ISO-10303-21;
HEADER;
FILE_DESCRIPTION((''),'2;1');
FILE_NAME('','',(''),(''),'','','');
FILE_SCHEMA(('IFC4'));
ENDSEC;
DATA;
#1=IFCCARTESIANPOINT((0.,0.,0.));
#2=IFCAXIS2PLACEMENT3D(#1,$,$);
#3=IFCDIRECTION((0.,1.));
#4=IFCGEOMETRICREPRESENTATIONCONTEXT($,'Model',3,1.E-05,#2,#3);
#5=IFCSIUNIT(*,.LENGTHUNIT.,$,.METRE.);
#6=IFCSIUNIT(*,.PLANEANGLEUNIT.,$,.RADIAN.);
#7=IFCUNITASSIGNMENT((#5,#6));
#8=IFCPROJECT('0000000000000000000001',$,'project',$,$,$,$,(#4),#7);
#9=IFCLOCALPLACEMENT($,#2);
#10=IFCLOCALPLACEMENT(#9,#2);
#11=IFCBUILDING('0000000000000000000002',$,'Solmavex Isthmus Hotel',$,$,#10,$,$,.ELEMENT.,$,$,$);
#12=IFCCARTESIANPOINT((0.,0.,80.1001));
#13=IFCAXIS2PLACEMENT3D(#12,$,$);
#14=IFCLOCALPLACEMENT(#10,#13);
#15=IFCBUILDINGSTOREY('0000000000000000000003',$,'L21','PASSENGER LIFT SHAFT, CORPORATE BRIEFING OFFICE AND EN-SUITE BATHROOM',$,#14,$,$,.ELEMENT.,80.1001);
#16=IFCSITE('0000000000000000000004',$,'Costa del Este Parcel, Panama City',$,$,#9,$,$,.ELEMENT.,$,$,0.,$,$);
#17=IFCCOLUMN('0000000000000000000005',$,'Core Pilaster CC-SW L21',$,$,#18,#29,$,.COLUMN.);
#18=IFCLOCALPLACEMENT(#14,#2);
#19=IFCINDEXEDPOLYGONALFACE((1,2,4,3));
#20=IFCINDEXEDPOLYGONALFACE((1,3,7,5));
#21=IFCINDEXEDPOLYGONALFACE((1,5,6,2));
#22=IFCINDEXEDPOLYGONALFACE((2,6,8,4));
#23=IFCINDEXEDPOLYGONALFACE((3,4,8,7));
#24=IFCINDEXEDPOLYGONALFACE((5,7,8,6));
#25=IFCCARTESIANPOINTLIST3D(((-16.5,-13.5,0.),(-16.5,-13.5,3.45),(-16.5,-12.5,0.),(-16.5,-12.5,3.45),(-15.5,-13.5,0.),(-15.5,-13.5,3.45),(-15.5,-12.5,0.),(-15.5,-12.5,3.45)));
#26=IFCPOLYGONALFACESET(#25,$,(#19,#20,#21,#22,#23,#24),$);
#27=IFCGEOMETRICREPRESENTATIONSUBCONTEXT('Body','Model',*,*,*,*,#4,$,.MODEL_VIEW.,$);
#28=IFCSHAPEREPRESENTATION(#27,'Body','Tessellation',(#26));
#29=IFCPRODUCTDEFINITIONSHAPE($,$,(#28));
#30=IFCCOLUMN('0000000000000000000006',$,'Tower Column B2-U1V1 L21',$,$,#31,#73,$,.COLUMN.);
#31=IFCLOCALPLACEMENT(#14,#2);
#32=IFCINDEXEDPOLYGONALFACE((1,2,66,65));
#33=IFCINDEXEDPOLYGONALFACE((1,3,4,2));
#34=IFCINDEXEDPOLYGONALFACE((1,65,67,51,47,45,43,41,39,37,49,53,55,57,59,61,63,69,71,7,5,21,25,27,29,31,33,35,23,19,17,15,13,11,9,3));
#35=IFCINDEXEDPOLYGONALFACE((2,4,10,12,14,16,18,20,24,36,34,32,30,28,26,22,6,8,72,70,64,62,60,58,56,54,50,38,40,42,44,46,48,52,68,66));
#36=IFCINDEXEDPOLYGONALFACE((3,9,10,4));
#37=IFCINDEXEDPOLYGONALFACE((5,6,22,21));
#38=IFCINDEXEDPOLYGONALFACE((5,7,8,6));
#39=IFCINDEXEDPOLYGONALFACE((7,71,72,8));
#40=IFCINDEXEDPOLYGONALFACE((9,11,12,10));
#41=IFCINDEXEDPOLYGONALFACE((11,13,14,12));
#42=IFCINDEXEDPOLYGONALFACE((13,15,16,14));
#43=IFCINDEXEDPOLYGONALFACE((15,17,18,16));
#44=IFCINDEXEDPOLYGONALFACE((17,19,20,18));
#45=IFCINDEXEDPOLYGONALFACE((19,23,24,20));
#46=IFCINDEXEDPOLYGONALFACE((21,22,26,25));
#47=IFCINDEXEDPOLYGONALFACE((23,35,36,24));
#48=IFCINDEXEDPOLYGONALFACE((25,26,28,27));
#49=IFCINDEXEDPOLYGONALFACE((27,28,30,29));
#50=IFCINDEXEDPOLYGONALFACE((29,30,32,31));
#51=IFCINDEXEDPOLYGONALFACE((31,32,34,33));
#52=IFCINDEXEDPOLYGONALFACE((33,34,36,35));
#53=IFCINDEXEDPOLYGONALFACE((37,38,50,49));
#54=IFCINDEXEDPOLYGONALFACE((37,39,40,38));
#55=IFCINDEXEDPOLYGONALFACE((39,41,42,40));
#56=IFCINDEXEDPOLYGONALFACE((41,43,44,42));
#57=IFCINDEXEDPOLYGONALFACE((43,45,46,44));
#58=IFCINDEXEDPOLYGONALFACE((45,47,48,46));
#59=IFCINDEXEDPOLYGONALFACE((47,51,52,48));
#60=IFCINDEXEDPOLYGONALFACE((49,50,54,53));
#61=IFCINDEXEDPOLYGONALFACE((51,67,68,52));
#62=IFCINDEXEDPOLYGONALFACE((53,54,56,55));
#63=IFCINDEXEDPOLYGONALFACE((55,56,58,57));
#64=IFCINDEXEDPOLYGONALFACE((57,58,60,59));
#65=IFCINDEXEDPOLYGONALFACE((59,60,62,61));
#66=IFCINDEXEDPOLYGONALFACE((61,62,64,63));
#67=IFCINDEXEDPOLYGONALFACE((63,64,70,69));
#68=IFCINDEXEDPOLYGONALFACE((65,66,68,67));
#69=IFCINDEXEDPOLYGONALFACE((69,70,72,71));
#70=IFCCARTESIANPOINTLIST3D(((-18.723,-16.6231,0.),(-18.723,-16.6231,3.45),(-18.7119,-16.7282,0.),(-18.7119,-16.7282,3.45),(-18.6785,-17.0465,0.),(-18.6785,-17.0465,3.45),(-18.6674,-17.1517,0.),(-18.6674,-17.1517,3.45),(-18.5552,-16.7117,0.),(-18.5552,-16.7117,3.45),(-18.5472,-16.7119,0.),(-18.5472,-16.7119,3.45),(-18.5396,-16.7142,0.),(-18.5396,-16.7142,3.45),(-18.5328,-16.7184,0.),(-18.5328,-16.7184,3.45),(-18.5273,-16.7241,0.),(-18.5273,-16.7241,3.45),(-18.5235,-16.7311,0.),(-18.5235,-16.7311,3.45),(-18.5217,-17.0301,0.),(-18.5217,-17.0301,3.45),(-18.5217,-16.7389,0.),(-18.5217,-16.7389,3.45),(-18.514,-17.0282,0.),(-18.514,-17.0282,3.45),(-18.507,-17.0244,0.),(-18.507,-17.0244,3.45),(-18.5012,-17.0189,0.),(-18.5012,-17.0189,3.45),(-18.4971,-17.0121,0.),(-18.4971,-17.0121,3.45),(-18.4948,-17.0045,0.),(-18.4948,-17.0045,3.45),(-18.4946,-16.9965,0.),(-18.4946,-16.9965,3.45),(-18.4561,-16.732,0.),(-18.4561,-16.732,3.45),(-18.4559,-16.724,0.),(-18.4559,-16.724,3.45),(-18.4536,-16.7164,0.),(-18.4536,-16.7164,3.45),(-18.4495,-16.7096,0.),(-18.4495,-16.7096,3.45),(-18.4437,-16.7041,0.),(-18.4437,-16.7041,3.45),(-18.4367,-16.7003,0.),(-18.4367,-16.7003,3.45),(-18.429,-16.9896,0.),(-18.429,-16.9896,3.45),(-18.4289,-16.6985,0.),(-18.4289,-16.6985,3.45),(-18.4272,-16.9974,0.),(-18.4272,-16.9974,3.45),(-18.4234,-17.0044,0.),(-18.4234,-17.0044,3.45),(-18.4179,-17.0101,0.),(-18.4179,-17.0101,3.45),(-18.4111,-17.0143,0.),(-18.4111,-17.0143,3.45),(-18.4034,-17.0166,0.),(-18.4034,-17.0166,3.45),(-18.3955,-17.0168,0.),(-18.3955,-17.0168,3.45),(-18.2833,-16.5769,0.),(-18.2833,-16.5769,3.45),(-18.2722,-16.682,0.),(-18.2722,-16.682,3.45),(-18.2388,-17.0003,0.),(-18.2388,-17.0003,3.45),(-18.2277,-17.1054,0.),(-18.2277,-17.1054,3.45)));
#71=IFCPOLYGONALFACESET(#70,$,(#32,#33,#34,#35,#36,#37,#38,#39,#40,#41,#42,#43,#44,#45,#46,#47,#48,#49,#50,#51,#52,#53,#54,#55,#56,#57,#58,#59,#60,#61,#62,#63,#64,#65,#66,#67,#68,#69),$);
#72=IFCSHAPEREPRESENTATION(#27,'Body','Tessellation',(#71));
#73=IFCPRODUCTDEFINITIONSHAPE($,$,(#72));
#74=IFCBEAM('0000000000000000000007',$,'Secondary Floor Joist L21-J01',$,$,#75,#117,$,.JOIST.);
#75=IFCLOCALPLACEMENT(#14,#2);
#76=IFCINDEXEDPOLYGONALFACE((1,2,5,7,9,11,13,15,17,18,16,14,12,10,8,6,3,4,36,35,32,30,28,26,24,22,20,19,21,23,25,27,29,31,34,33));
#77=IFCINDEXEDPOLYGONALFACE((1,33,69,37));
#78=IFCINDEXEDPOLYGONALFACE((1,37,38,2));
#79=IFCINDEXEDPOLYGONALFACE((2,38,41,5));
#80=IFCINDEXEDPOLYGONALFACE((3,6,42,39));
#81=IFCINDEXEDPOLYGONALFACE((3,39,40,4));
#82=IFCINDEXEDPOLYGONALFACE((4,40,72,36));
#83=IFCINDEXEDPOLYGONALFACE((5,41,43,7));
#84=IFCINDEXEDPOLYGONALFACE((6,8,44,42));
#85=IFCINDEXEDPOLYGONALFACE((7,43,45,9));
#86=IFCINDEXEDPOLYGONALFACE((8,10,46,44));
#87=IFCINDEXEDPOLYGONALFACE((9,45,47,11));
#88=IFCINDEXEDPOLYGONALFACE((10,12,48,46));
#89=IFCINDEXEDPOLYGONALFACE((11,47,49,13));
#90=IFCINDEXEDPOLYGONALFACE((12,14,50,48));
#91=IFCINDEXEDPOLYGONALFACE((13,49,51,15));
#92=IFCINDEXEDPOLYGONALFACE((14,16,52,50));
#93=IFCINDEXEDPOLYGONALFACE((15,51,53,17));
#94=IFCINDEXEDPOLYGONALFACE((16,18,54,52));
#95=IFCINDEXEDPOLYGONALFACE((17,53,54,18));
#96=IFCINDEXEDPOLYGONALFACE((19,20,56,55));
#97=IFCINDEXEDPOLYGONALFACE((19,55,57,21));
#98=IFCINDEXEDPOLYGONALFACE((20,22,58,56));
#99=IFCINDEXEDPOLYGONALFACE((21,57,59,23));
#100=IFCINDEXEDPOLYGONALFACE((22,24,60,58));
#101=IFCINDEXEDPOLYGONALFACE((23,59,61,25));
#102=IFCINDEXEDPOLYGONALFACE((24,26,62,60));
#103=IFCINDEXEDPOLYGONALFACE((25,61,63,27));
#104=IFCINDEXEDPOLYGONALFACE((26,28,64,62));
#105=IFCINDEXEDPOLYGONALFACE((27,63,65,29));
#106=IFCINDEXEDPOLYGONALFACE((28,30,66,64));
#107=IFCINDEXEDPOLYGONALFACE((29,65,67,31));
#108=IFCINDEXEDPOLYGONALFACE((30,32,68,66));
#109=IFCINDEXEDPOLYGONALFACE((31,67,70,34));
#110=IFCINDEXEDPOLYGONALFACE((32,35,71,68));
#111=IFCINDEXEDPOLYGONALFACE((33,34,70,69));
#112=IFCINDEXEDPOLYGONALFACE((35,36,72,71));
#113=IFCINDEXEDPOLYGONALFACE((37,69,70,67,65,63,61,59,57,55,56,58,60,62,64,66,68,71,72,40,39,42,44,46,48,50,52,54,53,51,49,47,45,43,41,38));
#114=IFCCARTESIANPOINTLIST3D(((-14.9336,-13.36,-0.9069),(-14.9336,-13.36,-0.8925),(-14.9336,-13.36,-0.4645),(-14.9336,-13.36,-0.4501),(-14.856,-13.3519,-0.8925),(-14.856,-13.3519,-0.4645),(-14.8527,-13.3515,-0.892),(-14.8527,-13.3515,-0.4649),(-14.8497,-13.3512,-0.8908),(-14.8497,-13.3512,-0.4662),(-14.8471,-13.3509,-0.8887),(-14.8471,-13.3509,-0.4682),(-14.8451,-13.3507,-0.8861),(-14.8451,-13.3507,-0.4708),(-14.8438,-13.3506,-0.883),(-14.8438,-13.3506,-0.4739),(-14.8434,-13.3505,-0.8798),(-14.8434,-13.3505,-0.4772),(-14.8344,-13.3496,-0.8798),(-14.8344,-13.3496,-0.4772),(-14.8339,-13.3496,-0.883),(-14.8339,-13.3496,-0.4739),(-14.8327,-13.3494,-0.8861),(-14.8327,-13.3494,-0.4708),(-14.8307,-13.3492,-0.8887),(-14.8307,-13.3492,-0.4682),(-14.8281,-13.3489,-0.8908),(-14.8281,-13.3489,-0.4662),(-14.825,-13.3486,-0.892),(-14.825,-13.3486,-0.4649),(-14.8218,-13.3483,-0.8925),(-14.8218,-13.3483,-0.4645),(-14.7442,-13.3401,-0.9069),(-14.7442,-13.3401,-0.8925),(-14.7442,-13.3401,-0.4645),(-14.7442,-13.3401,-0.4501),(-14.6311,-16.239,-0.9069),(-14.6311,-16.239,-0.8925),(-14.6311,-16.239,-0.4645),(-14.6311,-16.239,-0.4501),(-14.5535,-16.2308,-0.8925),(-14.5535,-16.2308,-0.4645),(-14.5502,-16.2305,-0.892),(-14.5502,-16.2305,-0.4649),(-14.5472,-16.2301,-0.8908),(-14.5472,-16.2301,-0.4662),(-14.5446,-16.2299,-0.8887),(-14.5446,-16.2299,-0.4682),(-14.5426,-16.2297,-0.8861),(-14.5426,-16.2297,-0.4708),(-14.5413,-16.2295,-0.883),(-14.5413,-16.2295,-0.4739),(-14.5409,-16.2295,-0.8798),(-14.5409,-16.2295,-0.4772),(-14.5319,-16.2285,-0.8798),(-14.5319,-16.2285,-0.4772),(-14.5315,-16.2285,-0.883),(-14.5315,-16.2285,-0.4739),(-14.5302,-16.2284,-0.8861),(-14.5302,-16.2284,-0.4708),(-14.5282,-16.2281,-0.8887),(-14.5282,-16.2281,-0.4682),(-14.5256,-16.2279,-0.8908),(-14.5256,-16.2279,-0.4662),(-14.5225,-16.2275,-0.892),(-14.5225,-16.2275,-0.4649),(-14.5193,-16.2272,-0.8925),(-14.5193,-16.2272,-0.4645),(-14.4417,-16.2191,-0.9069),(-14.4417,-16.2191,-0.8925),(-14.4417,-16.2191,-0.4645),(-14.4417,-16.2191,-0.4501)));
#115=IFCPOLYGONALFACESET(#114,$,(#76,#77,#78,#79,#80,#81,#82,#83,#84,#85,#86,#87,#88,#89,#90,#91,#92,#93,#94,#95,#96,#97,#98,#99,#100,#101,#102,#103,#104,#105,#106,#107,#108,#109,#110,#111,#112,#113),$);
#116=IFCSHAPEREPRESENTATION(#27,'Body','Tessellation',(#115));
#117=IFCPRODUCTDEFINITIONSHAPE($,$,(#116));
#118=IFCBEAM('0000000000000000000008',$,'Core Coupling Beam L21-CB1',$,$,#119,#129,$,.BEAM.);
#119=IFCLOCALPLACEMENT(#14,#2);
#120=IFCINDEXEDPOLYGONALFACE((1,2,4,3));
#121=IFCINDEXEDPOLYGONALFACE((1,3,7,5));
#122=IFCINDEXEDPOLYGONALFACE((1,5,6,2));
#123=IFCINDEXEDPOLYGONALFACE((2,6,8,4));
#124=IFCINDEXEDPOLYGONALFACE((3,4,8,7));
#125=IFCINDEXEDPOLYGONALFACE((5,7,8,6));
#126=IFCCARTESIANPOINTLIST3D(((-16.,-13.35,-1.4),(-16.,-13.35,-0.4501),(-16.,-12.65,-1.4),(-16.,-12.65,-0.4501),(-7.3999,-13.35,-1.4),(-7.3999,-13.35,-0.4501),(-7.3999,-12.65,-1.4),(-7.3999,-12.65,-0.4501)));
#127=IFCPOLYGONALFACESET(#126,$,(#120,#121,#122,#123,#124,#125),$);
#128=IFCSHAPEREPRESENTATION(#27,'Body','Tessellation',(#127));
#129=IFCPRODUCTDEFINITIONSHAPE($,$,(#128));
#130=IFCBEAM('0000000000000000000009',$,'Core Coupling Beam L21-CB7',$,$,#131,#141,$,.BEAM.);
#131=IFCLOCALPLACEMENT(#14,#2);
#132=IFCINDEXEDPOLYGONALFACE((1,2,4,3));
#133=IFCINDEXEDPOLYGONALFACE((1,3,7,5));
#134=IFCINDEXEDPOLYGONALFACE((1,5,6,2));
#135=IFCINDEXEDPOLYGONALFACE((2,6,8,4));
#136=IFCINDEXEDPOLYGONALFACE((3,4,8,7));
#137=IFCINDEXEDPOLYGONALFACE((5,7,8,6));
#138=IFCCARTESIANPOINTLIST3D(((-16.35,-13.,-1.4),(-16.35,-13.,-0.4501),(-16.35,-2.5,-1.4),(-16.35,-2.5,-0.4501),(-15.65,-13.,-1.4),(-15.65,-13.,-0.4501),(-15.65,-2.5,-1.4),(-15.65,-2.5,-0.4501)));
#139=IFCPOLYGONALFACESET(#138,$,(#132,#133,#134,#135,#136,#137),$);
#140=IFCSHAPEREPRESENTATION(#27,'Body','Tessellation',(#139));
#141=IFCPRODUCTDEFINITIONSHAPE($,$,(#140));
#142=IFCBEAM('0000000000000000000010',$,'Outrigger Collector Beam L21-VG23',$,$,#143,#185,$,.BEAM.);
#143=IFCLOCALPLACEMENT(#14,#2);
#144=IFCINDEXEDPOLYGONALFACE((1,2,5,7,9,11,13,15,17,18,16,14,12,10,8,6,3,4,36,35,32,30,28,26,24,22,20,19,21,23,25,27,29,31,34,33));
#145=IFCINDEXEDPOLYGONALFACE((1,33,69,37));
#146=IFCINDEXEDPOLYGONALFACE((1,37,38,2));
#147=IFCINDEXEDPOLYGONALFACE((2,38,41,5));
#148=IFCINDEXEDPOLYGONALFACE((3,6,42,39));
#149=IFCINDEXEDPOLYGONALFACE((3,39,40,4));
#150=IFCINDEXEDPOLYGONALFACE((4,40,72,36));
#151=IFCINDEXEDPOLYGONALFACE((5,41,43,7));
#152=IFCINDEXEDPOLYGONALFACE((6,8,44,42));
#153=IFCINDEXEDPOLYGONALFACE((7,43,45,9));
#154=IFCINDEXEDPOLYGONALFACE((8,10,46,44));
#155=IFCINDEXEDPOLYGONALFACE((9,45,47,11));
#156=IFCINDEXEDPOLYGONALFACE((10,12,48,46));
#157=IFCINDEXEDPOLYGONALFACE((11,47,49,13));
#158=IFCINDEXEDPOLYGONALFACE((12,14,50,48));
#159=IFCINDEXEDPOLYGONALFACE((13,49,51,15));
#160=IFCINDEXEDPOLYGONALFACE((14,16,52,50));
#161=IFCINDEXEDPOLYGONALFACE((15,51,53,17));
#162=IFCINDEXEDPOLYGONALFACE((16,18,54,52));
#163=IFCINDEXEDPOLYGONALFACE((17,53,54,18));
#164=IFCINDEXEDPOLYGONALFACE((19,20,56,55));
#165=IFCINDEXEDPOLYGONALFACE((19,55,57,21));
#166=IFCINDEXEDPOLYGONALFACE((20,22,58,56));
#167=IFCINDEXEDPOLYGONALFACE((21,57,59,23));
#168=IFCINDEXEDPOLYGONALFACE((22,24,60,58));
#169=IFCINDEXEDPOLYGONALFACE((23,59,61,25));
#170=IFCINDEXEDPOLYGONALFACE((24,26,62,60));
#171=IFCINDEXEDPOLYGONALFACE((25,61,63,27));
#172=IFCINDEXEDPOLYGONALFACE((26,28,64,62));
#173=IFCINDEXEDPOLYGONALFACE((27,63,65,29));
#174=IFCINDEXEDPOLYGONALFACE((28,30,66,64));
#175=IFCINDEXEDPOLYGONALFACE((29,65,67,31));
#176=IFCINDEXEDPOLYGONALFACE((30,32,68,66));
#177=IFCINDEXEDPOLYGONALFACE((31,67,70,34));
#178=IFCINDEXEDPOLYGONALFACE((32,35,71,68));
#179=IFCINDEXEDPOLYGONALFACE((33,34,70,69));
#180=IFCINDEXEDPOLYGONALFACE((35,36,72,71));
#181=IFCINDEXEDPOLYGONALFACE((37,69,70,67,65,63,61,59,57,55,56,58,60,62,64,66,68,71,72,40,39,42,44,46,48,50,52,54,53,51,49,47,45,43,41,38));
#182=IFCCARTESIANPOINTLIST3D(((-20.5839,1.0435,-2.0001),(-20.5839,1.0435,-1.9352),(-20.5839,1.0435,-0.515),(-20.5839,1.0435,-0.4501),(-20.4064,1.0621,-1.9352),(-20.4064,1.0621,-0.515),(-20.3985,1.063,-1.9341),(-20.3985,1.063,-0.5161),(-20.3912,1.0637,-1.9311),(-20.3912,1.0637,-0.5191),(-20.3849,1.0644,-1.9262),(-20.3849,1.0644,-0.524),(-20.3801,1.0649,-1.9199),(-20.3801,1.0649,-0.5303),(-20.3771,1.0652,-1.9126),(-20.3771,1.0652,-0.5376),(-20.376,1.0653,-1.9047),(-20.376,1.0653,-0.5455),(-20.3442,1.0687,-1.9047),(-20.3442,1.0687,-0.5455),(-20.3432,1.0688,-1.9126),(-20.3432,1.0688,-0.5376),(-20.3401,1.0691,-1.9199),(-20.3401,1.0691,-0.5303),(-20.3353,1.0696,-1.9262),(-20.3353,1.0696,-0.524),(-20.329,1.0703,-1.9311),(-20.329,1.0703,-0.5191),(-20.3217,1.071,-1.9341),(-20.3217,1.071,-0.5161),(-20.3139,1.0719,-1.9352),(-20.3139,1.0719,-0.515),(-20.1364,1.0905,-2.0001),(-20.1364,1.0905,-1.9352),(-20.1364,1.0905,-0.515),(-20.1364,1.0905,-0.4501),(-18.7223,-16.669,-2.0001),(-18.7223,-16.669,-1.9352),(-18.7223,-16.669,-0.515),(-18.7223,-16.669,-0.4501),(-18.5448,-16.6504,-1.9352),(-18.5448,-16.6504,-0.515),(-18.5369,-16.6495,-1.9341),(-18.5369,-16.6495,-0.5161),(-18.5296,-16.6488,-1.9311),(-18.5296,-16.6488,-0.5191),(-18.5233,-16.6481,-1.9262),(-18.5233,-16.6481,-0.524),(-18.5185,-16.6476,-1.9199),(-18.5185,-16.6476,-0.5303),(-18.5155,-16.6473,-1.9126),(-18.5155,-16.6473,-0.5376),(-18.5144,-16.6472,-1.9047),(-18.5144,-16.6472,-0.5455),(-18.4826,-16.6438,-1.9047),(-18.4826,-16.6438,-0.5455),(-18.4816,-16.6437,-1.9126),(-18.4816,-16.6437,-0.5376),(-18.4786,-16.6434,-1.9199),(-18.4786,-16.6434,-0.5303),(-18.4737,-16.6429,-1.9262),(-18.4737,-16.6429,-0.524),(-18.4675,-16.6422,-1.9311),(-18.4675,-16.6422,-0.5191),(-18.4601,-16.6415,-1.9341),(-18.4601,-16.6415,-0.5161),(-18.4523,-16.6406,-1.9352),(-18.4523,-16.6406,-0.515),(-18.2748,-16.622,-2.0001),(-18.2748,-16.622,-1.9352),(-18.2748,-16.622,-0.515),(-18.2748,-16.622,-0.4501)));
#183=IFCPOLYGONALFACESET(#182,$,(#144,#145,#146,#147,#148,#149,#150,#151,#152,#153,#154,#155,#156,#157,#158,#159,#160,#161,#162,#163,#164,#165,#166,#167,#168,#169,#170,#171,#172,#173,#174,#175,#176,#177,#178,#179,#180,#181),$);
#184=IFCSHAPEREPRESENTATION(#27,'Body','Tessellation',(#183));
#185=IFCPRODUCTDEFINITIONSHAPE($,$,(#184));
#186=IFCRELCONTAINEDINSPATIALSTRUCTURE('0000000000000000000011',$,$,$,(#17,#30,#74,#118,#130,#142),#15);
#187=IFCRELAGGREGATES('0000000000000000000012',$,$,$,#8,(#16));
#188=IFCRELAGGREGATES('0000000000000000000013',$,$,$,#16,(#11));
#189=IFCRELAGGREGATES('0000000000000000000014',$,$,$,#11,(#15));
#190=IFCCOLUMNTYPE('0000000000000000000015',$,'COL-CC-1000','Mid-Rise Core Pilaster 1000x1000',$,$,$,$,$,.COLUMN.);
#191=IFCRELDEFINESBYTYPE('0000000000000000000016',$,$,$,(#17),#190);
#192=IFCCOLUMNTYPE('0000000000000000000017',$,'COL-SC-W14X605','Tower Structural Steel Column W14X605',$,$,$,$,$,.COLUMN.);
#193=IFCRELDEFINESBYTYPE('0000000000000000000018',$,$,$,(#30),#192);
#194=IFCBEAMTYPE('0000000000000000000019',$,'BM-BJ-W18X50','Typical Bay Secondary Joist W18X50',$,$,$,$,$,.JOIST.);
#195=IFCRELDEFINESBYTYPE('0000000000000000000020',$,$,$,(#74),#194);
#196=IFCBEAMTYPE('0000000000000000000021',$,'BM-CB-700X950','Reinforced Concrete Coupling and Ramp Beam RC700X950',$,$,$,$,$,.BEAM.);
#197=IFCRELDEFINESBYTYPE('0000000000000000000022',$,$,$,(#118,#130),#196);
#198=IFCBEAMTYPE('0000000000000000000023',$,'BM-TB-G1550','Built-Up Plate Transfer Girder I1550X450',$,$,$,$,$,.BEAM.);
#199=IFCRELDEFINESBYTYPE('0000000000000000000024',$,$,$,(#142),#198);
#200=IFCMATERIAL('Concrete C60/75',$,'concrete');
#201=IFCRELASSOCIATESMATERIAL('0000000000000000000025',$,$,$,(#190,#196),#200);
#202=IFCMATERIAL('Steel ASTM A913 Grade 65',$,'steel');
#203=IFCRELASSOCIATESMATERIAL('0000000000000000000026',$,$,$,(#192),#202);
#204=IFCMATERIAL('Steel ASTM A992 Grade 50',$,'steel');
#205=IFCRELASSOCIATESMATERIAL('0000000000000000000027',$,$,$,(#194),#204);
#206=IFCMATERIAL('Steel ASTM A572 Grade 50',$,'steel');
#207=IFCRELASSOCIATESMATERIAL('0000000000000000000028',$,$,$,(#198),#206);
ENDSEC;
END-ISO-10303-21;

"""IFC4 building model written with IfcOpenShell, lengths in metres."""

from ifc_helpers import new_model, si_unit, direction, frame, origin, origin_2d, place, context, subcontext, project, spatial, rectangle, i_section, extrude, material, material_profile, profile_set, type_object, element, save


model = new_model("IFC4")

# Units and contexts
model_context = context("Model", 3, precision=1e-05, world=origin(), true_north=direction((0.0, 1.0)))
body_context = subcontext(model_context, "Body", "Model", "MODEL_VIEW")
ifc_project = project(units=[si_unit("LENGTHUNIT", "METRE"), si_unit("PLANEANGLEUNIT", "RADIAN")], contexts=[model_context])

# Site, building, storey
site_placement = place(None, origin())
site = spatial("IfcSite", under=ifc_project, at=site_placement, Name="Costa del Este Parcel, Panama City", CompositionType="ELEMENT", RefElevation=0.0)
building_placement = place(site_placement, origin())
building = spatial("IfcBuilding", under=site, at=building_placement, Name="Solmavex Isthmus Hotel", CompositionType="ELEMENT")
storey_placement = place(building_placement, frame((0.0, 0.0, 80.1001)))
storey = spatial("IfcBuildingStorey", under=building, at=storey_placement, Name="L21", Description="PASSENGER LIFT SHAFT, CORPORATE BRIEFING OFFICE AND EN-SUITE BATHROOM", CompositionType="ELEMENT", Elevation=80.1001)

# Columns
ifc_material_1 = material(Name="Concrete C60/75", Category="concrete")
ifc_material_profile_1 = material_profile(ifc_material_1, rectangle(XDim=1.0, YDim=1.0, at=origin_2d()), Name="RC1000X1000")
ifc_profile_set_1 = profile_set([ifc_material_profile_1], Name="Concrete C60/75")
column_type_1 = type_object("IfcColumnType", Name="COL-CC-1000", Description="Mid-Rise Core Pilaster 1000x1000", PredefinedType="COLUMN", material=ifc_profile_set_1)
column_1_placement = place(storey_placement, frame((-16.0, -13.0, 0.0), z_axis=(0.0, 0.0, 1.0), x_axis=(1.0, 0.0, 0.0)))
element("IfcColumn", 1, at=column_1_placement, inside=storey, type_object=column_type_1, Name="Core Pilaster CC-SW L21", PredefinedType="COLUMN", context=body_context, shape_type="SweptSolid", body=[
    extrude(rectangle(XDim=1.0, YDim=1.0, at=origin_2d()), origin(), (0.0, 0.0, 1.0), 3.45),
])
ifc_material_2 = material(Name="Steel ASTM A913 Grade 65", Category="steel")
ifc_material_profile_2 = material_profile(ifc_material_2, i_section(OverallWidth=0.4421, OverallDepth=0.5315, WebThickness=0.0659, FlangeThickness=0.1057, FilletRadius=0.0305, at=origin_2d()), Name="W14X605")
ifc_profile_set_2 = profile_set([ifc_material_profile_2], Name="Steel ASTM A913 Grade 65")
column_type_2 = type_object("IfcColumnType", Name="COL-SC-W14X605", Description="Tower Structural Steel Column W14X605", PredefinedType="COLUMN", material=ifc_profile_set_2)
column_2_placement = place(storey_placement, frame((-18.4753, -16.8643, 0.0), z_axis=(0.0, 0.0, 1.0), x_axis=(0.994522, 0.104528, 0.0)))
element("IfcColumn", 2, at=column_2_placement, inside=storey, type_object=column_type_2, Name="Tower Column B2-U1V1 L21", PredefinedType="COLUMN", context=body_context, shape_type="SweptSolid", body=[
    extrude(i_section(OverallWidth=0.4421, OverallDepth=0.5315, WebThickness=0.0659, FlangeThickness=0.1057, FilletRadius=0.0305, at=origin_2d()), origin(), (0.0, 0.0, 1.0), 3.45),
])

# Beams
ifc_material_3 = material(Name="Steel ASTM A992 Grade 50", Category="steel")
ifc_material_profile_3 = material_profile(ifc_material_3, i_section(OverallWidth=0.1904, OverallDepth=0.4568, WebThickness=0.009, FlangeThickness=0.0144, FilletRadius=0.0127, at=origin_2d()), Name="W18X50")
ifc_profile_set_3 = profile_set([ifc_material_profile_3], Name="Steel ASTM A992 Grade 50")
beam_type_1 = type_object("IfcBeamType", Name="BM-BJ-W18X50", Description="Typical Bay Secondary Joist W18X50", PredefinedType="JOIST", material=ifc_profile_set_3)
beam_1_placement = place(storey_placement, frame((-14.5364, -16.229, -0.6785), z_axis=(-0.104496, 0.994525, 0.0), x_axis=(-0.994525, -0.104496, 0.0)))
element("IfcBeam", 3, at=beam_1_placement, inside=storey, type_object=beam_type_1, Name="Secondary Floor Joist L21-J01", PredefinedType="JOIST", context=body_context, shape_type="SweptSolid", body=[
    extrude(i_section(OverallWidth=0.1904, OverallDepth=0.4568, WebThickness=0.009, FlangeThickness=0.0144, FilletRadius=0.0127, at=origin_2d()), origin(), (0.0, 0.0, 1.0), 2.8948),
])
ifc_material_profile_4 = material_profile(ifc_material_1, rectangle(XDim=0.7, YDim=0.95, at=origin_2d()), Name="RC700X950")
ifc_profile_set_4 = profile_set([ifc_material_profile_4], Name="Concrete C60/75")
beam_type_2 = type_object("IfcBeamType", Name="BM-CB-700X950", Description="Reinforced Concrete Coupling and Ramp Beam RC700X950", PredefinedType="BEAM", material=ifc_profile_set_4)
beam_2_placement = place(storey_placement, frame((-16.0, -13.0, -0.925), z_axis=(1.0, 0.0, 0.0), x_axis=(0.0, 1.0, 0.0)))
element("IfcBeam", 4, at=beam_2_placement, inside=storey, type_object=beam_type_2, Name="Core Coupling Beam L21-CB1", PredefinedType="BEAM", context=body_context, shape_type="SweptSolid", body=[
    extrude(rectangle(XDim=0.7, YDim=0.95, at=origin_2d()), origin(), (0.0, 0.0, 1.0), 8.6001),
])
beam_3_placement = place(storey_placement, frame((-16.0, -13.0, -0.925), z_axis=(0.0, 1.0, 0.0), x_axis=(-1.0, 0.0, 0.0)))
element("IfcBeam", 5, at=beam_3_placement, inside=storey, type_object=beam_type_2, Name="Core Coupling Beam L21-CB7", PredefinedType="BEAM", context=body_context, shape_type="SweptSolid", body=[
    extrude(rectangle(XDim=0.7, YDim=0.95, at=origin_2d()), origin(), (0.0, 0.0, 1.0), 10.5),
])
ifc_material_4 = material(Name="Steel ASTM A572 Grade 50", Category="steel")
ifc_material_profile_5 = material_profile(ifc_material_4, i_section(OverallWidth=0.45, OverallDepth=1.55, WebThickness=0.032, FlangeThickness=0.0649, FilletRadius=0.0305, at=origin_2d()), Name="I1550X450")
ifc_profile_set_5 = profile_set([ifc_material_profile_5], Name="Steel ASTM A572 Grade 50")
beam_type_3 = type_object("IfcBeamType", Name="BM-TB-G1550", Description="Built-Up Plate Transfer Girder I1550X450", PredefinedType="BEAM", material=ifc_profile_set_5)
beam_4_placement = place(storey_placement, frame((-18.4985, -16.6455, -1.2251), z_axis=(-0.104524, 0.994522, 0.0), x_axis=(-0.994522, -0.104524, 0.0)))
element("IfcBeam", 6, at=beam_4_placement, inside=storey, type_object=beam_type_3, Name="Outrigger Collector Beam L21-VG23", PredefinedType="BEAM", context=body_context, shape_type="SweptSolid", body=[
    extrude(i_section(OverallWidth=0.45, OverallDepth=1.55, WebThickness=0.032, FlangeThickness=0.0649, FilletRadius=0.0305, at=origin_2d()), origin(), (0.0, 0.0, 1.0), 17.8101),
])

save(model, "model.ifc")
